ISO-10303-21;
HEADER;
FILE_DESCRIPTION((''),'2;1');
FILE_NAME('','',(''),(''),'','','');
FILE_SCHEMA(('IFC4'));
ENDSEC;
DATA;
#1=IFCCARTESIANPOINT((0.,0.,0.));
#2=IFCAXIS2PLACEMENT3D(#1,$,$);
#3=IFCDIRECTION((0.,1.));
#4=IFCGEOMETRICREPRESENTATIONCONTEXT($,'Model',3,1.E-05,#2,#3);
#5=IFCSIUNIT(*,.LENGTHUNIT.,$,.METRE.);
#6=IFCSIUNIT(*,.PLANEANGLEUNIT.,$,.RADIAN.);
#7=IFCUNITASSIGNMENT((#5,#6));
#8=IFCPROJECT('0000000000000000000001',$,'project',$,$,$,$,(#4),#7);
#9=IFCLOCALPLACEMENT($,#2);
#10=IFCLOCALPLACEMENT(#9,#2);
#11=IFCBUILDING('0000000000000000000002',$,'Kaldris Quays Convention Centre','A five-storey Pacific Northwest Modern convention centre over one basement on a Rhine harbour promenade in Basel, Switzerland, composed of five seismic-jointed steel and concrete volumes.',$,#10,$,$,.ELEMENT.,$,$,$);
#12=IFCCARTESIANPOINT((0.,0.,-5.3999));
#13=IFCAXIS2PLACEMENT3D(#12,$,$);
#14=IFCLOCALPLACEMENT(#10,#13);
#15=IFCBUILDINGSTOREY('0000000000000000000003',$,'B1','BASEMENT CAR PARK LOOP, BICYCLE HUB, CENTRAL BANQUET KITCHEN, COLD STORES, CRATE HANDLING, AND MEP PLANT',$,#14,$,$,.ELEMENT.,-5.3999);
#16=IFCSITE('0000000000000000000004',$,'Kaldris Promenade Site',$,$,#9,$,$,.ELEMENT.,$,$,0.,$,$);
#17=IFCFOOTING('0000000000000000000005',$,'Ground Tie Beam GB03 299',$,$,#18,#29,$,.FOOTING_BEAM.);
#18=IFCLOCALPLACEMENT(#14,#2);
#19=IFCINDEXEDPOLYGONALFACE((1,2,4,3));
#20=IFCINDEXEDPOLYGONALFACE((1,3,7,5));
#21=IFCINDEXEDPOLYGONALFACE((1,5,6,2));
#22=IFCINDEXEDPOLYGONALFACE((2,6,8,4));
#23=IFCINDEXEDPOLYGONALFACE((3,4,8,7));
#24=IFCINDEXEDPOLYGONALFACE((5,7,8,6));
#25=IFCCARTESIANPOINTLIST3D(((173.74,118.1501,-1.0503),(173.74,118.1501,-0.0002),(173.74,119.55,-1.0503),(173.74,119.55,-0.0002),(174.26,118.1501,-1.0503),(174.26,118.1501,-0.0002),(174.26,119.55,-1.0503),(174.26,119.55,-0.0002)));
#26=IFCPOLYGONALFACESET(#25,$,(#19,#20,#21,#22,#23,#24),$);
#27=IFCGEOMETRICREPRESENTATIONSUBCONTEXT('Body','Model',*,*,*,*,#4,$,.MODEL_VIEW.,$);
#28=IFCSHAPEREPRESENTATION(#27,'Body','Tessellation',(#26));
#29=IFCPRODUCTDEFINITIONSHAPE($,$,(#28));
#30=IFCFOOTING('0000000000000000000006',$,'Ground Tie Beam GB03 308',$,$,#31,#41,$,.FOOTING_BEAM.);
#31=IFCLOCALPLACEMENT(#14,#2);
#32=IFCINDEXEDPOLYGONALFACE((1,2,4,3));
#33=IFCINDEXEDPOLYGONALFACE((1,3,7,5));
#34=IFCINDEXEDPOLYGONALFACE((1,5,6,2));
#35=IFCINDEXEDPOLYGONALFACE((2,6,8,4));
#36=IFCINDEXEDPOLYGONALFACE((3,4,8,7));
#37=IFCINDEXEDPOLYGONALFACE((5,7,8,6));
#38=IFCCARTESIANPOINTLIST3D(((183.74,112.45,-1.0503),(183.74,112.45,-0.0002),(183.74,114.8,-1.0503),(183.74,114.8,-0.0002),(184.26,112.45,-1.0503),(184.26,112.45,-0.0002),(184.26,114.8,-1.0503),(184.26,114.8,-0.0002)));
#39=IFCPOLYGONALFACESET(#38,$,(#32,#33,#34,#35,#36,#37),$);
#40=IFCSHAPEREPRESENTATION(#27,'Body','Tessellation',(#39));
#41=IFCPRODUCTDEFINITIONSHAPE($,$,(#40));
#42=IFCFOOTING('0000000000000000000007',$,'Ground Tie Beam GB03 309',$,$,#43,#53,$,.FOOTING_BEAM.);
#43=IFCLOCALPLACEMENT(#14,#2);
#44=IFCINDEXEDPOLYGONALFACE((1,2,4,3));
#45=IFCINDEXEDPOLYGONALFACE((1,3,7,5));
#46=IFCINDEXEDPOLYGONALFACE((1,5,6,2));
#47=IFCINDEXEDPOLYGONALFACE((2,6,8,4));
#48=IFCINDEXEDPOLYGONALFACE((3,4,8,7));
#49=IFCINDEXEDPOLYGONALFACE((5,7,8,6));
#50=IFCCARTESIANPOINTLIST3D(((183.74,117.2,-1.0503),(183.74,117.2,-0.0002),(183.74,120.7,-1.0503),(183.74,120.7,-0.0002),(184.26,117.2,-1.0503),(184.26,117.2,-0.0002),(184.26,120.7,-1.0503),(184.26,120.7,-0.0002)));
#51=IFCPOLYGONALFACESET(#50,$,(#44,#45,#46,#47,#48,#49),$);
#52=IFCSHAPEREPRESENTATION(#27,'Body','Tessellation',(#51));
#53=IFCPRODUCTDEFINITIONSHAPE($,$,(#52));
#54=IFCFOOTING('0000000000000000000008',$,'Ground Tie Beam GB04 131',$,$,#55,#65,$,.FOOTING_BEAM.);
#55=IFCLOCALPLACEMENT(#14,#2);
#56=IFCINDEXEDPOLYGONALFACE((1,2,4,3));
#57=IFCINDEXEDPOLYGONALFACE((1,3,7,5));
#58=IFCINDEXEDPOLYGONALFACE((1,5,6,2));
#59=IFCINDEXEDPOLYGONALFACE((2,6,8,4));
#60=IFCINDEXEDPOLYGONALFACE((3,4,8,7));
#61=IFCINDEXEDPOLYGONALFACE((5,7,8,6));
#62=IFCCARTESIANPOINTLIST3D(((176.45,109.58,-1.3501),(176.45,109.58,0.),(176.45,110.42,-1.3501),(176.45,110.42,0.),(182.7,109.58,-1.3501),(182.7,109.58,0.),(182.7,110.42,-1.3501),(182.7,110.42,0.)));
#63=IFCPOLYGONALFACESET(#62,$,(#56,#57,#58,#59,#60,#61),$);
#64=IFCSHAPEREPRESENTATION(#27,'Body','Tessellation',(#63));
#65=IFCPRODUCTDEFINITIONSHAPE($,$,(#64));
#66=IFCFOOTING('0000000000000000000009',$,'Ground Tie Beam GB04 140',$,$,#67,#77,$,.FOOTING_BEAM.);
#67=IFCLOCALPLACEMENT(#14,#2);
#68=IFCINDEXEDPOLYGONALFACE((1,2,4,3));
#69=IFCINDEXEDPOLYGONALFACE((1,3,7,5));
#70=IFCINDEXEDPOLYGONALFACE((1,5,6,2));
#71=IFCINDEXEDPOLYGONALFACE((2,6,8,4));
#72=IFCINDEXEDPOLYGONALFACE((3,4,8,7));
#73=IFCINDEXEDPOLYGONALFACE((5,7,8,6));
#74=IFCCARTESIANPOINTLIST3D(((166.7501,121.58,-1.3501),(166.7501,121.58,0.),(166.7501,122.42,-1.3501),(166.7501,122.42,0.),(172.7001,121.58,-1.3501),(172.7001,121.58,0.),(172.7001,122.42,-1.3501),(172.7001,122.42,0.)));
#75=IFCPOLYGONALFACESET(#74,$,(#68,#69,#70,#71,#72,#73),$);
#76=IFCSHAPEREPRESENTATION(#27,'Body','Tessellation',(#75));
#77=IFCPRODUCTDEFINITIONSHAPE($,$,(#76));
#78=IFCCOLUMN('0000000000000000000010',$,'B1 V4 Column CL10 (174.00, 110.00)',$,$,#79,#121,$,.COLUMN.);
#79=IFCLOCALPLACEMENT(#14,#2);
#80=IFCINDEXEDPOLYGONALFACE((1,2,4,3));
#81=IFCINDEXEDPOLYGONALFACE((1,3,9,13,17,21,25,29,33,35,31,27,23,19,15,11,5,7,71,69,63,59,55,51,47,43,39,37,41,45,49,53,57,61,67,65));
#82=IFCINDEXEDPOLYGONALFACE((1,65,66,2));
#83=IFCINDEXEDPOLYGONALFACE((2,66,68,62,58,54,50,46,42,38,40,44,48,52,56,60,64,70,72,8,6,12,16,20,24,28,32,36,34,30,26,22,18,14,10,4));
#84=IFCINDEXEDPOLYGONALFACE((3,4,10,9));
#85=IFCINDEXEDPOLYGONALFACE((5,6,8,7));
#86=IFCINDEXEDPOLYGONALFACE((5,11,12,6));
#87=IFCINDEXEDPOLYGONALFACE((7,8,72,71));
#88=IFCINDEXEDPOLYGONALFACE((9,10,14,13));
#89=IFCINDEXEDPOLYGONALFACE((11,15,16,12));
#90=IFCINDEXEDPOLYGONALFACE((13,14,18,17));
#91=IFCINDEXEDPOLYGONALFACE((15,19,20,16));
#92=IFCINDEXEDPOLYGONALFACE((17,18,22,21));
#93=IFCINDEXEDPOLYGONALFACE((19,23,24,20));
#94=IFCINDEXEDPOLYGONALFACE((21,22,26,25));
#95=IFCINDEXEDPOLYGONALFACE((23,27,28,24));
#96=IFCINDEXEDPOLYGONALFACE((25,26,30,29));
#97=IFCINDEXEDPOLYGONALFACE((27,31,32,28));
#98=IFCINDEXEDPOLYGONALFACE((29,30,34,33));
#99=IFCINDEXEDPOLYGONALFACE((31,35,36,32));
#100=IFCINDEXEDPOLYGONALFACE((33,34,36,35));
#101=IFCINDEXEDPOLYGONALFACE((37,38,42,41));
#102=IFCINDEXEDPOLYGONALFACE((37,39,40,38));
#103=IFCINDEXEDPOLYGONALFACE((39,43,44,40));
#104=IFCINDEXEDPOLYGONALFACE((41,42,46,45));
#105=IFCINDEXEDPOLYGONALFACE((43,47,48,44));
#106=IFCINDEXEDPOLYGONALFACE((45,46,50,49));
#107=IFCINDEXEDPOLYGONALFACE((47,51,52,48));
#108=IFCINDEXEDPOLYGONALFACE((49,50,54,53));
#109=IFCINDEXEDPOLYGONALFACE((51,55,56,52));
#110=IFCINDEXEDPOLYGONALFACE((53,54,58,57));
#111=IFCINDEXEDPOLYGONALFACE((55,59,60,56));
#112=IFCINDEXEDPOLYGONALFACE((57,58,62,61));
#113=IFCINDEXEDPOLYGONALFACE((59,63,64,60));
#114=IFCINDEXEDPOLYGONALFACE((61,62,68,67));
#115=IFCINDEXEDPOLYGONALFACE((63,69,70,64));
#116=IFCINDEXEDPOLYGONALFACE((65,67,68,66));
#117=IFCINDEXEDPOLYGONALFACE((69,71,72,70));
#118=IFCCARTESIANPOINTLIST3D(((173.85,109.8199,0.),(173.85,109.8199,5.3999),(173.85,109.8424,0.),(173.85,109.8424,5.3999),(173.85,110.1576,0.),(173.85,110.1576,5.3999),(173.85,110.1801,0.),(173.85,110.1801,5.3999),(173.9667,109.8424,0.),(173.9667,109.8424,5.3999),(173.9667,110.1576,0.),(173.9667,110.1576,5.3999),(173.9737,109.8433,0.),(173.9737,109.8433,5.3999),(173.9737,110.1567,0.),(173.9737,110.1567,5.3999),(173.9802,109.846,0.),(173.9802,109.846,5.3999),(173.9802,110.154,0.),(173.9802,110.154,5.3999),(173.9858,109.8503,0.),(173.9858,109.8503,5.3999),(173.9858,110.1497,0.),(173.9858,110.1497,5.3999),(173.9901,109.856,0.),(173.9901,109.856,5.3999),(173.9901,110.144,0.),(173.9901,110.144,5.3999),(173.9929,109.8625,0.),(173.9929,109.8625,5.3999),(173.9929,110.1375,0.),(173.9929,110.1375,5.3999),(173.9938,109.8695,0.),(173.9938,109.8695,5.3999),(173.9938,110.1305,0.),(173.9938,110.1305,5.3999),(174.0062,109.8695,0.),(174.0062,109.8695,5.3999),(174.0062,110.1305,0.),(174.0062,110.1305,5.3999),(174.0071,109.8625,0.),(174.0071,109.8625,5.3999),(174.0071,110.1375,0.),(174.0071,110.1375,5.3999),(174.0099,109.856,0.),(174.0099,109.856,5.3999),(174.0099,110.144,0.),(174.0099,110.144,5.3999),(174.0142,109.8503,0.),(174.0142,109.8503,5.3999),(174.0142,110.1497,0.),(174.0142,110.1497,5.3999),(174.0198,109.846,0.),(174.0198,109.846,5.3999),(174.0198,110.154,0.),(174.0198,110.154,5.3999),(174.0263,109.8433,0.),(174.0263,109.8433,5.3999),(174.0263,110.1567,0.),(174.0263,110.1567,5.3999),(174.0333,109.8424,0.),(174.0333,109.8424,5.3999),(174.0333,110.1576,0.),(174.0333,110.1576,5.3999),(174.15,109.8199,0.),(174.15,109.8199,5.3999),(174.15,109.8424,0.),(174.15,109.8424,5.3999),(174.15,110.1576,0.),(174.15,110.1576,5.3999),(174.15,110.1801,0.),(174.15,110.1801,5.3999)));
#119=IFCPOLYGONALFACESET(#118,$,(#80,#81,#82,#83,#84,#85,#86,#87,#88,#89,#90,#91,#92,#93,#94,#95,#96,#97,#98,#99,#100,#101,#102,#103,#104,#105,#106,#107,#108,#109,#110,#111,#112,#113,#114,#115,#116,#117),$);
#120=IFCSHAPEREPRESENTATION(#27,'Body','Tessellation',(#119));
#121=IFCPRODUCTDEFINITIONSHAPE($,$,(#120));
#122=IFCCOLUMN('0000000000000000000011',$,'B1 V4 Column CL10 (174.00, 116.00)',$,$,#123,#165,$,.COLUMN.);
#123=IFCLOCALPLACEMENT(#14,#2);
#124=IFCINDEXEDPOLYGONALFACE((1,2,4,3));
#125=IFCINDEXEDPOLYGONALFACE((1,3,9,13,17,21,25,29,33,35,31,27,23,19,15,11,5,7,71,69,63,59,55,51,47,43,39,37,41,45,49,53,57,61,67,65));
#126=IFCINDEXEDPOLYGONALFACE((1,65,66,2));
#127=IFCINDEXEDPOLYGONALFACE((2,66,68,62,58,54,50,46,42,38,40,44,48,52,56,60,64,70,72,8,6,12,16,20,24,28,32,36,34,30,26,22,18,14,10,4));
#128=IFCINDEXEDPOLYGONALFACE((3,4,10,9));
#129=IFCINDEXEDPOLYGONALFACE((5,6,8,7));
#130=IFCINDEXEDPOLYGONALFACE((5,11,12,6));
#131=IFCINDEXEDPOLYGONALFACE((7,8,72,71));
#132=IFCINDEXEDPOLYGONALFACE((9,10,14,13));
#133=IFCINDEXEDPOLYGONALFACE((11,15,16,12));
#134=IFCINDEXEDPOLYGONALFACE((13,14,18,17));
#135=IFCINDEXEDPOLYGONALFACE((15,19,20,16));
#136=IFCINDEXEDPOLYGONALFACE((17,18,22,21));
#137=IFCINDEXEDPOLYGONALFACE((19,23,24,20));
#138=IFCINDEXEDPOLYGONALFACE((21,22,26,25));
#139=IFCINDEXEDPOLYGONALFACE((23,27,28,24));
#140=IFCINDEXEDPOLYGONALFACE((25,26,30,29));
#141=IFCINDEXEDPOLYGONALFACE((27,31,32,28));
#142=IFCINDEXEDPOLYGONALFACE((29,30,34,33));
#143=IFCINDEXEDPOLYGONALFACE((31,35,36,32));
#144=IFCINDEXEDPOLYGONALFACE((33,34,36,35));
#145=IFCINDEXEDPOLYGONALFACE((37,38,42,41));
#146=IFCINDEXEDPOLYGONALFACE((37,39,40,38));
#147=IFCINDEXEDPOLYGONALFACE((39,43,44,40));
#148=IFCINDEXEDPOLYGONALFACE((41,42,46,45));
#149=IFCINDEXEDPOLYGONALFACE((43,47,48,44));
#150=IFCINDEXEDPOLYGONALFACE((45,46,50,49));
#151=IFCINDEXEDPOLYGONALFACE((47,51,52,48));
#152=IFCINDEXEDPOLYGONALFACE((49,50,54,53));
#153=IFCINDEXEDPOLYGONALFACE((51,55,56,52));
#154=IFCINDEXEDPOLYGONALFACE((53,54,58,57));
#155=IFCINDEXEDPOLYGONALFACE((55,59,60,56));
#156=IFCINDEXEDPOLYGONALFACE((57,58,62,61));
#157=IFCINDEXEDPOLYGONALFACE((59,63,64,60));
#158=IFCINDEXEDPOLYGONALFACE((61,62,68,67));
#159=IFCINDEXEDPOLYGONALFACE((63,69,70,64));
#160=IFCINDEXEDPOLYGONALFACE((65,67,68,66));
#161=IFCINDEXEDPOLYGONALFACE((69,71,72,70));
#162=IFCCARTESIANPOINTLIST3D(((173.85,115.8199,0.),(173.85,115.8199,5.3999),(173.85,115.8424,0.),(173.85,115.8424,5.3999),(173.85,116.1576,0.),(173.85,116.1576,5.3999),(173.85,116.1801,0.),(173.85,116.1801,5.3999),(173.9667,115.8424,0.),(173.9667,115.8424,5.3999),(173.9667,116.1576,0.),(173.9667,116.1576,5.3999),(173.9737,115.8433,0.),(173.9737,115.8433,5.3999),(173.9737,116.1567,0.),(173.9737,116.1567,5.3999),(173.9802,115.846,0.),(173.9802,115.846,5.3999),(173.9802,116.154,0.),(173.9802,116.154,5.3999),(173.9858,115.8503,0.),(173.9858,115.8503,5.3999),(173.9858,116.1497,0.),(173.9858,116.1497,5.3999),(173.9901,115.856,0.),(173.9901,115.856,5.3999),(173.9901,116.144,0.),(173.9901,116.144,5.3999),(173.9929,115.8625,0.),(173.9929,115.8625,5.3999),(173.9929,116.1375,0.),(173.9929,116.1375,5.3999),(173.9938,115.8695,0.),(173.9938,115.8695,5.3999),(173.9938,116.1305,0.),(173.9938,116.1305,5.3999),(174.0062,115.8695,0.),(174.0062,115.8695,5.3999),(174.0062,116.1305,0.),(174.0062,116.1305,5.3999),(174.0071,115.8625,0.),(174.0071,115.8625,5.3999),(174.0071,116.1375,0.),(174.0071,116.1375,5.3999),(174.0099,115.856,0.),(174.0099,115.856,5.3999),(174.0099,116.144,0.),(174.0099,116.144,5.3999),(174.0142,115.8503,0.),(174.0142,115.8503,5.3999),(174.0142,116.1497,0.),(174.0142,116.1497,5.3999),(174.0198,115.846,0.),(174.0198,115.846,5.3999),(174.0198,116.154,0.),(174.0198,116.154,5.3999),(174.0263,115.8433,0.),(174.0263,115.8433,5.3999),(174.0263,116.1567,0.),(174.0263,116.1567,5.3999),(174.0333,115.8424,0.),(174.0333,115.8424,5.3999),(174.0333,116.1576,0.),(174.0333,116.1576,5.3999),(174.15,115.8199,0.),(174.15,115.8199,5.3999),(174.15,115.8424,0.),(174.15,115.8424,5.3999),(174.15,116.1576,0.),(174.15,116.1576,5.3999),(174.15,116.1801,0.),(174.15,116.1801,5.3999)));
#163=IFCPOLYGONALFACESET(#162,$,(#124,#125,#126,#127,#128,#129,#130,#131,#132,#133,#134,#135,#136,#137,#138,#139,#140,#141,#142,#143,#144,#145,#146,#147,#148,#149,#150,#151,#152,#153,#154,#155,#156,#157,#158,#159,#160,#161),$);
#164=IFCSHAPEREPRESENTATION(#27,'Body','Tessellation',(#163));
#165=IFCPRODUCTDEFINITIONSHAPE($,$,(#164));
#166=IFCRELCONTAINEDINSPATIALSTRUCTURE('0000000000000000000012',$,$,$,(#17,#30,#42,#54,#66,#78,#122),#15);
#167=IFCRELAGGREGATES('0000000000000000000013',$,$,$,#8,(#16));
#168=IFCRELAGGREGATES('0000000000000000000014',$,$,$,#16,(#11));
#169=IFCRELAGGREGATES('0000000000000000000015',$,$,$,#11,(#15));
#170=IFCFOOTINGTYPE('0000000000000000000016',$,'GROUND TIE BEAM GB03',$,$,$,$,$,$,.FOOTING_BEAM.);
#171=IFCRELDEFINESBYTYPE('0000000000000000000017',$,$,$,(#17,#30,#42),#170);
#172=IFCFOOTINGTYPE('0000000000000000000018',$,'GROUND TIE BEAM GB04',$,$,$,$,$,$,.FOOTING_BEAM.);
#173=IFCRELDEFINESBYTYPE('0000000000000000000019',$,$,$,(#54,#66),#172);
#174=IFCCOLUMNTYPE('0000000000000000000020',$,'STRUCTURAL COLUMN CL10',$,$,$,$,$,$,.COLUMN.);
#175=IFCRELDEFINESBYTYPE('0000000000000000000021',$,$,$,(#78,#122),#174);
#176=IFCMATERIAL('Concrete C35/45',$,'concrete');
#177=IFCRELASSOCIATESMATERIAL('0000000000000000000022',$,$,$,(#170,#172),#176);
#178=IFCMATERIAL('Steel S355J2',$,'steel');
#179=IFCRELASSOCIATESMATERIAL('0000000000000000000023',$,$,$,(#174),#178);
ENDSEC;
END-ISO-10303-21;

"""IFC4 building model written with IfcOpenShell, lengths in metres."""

from ifc_helpers import new_model, si_unit, direction, frame, origin, origin_2d, place, context, subcontext, project, spatial, rectangle, i_section, extrude, material, material_profile, profile_set, type_object, element, save


model = new_model("IFC4")

# Units and contexts
model_context = context("Model", 3, precision=1e-05, world=origin(), true_north=direction((0.0, 1.0)))
body_context = subcontext(model_context, "Body", "Model", "MODEL_VIEW")
ifc_project = project(units=[si_unit("LENGTHUNIT", "METRE"), si_unit("PLANEANGLEUNIT", "RADIAN")], contexts=[model_context])

# Site, building, storey
site_placement = place(None, origin())
site = spatial("IfcSite", under=ifc_project, at=site_placement, Name="Kaldris Promenade Site", CompositionType="ELEMENT", RefElevation=0.0)
building_placement = place(site_placement, origin())
building = spatial("IfcBuilding", under=site, at=building_placement, Name="Kaldris Quays Convention Centre", Description="A five-storey Pacific Northwest Modern convention centre over one basement on a Rhine harbour promenade in Basel, Switzerland, composed of five seismic-jointed steel and concrete volumes.", CompositionType="ELEMENT")
storey_placement = place(building_placement, frame((0.0, 0.0, -5.3999)))
storey = spatial("IfcBuildingStorey", under=building, at=storey_placement, Name="B1", Description="BASEMENT CAR PARK LOOP, BICYCLE HUB, CENTRAL BANQUET KITCHEN, COLD STORES, CRATE HANDLING, AND MEP PLANT", CompositionType="ELEMENT", Elevation=-5.3999)

# Shared definitions
ifc_material_1 = material(Name="Concrete C35/45", Category="concrete")

# Footings
footing_type_1 = type_object("IfcFootingType", Name="GROUND TIE BEAM GB03", PredefinedType="FOOTING_BEAM", material=ifc_material_1)
footing_1_placement = place(storey_placement, frame((174.0, 118.8501, -1.0503), z_axis=(0.0, 0.0, 1.0), x_axis=(1.0, 0.0, 0.0)))
element("IfcFooting", 1, at=footing_1_placement, inside=storey, type_object=footing_type_1, Name="Ground Tie Beam GB03 299", PredefinedType="FOOTING_BEAM", context=body_context, shape_type="SweptSolid", body=[
    extrude(rectangle(XDim=0.52, YDim=1.3999, at=origin_2d()), origin(), (0.0, 0.0, 1.0), 1.05),
])
footing_2_placement = place(storey_placement, frame((184.0, 113.625, -1.0503), z_axis=(0.0, 0.0, 1.0), x_axis=(1.0, 0.0, 0.0)))
element("IfcFooting", 2, at=footing_2_placement, inside=storey, type_object=footing_type_1, Name="Ground Tie Beam GB03 308", PredefinedType="FOOTING_BEAM", context=body_context, shape_type="SweptSolid", body=[
    extrude(rectangle(XDim=0.52, YDim=2.3501, at=origin_2d()), origin(), (0.0, 0.0, 1.0), 1.05),
])
footing_3_placement = place(storey_placement, frame((184.0, 118.95, -1.0503), z_axis=(0.0, 0.0, 1.0), x_axis=(1.0, 0.0, 0.0)))
element("IfcFooting", 3, at=footing_3_placement, inside=storey, type_object=footing_type_1, Name="Ground Tie Beam GB03 309", PredefinedType="FOOTING_BEAM", context=body_context, shape_type="SweptSolid", body=[
    extrude(rectangle(XDim=0.52, YDim=3.5, at=origin_2d()), origin(), (0.0, 0.0, 1.0), 1.05),
])
footing_type_2 = type_object("IfcFootingType", Name="GROUND TIE BEAM GB04", PredefinedType="FOOTING_BEAM", material=ifc_material_1)
footing_4_placement = place(storey_placement, frame((179.575, 110.0, -1.3501), z_axis=(0.0, 0.0, 1.0), x_axis=(1.0, 0.0, 0.0)))
element("IfcFooting", 4, at=footing_4_placement, inside=storey, type_object=footing_type_2, Name="Ground Tie Beam GB04 131", PredefinedType="FOOTING_BEAM", context=body_context, shape_type="SweptSolid", body=[
    extrude(rectangle(XDim=6.25, YDim=0.8401, at=origin_2d()), origin(), (0.0, 0.0, 1.0), 1.3501),
])
footing_5_placement = place(storey_placement, frame((169.7251, 122.0, -1.3501), z_axis=(0.0, 0.0, 1.0), x_axis=(1.0, 0.0, 0.0)))
element("IfcFooting", 5, at=footing_5_placement, inside=storey, type_object=footing_type_2, Name="Ground Tie Beam GB04 140", PredefinedType="FOOTING_BEAM", context=body_context, shape_type="SweptSolid", body=[
    extrude(rectangle(XDim=5.95, YDim=0.8401, at=origin_2d()), origin(), (0.0, 0.0, 1.0), 1.3501),
])

# Columns
ifc_material_2 = material(Name="Steel S355J2", Category="steel")
ifc_material_profile_1 = material_profile(ifc_material_2, i_section(OverallWidth=0.3, OverallDepth=0.3601, WebThickness=0.0125, FlangeThickness=0.0225, FilletRadius=0.0271, at=origin_2d()), Name="HEB 360")
ifc_profile_set_1 = profile_set([ifc_material_profile_1], Name="Steel S355J2")
column_type_1 = type_object("IfcColumnType", Name="STRUCTURAL COLUMN CL10", PredefinedType="COLUMN", material=ifc_profile_set_1)
for number, where, z_axis, x_axis, name in (
    (6, (174.0, 110.0, 0.0), (0.0, 0.0, 1.0), (1.0, 0.0, 0.0), "B1 V4 Column CL10 (174.00, 110.00)"),
    (7, (174.0, 116.0, 0.0), (0.0, 0.0, 1.0), (1.0, 0.0, 0.0), "B1 V4 Column CL10 (174.00, 116.00)"),
):
    element("IfcColumn", number, at=place(storey_placement, frame(where, z_axis=z_axis, x_axis=x_axis)), inside=storey, type_object=column_type_1, Name=name, PredefinedType="COLUMN", context=body_context, shape_type="SweptSolid", body=[
        extrude(i_section(OverallWidth=0.3, OverallDepth=0.3601, WebThickness=0.0125, FlangeThickness=0.0225, FilletRadius=0.0271, at=origin_2d()), origin(), (0.0, 0.0, 1.0), 5.3999),
    ])

save(model, "model.ifc")
